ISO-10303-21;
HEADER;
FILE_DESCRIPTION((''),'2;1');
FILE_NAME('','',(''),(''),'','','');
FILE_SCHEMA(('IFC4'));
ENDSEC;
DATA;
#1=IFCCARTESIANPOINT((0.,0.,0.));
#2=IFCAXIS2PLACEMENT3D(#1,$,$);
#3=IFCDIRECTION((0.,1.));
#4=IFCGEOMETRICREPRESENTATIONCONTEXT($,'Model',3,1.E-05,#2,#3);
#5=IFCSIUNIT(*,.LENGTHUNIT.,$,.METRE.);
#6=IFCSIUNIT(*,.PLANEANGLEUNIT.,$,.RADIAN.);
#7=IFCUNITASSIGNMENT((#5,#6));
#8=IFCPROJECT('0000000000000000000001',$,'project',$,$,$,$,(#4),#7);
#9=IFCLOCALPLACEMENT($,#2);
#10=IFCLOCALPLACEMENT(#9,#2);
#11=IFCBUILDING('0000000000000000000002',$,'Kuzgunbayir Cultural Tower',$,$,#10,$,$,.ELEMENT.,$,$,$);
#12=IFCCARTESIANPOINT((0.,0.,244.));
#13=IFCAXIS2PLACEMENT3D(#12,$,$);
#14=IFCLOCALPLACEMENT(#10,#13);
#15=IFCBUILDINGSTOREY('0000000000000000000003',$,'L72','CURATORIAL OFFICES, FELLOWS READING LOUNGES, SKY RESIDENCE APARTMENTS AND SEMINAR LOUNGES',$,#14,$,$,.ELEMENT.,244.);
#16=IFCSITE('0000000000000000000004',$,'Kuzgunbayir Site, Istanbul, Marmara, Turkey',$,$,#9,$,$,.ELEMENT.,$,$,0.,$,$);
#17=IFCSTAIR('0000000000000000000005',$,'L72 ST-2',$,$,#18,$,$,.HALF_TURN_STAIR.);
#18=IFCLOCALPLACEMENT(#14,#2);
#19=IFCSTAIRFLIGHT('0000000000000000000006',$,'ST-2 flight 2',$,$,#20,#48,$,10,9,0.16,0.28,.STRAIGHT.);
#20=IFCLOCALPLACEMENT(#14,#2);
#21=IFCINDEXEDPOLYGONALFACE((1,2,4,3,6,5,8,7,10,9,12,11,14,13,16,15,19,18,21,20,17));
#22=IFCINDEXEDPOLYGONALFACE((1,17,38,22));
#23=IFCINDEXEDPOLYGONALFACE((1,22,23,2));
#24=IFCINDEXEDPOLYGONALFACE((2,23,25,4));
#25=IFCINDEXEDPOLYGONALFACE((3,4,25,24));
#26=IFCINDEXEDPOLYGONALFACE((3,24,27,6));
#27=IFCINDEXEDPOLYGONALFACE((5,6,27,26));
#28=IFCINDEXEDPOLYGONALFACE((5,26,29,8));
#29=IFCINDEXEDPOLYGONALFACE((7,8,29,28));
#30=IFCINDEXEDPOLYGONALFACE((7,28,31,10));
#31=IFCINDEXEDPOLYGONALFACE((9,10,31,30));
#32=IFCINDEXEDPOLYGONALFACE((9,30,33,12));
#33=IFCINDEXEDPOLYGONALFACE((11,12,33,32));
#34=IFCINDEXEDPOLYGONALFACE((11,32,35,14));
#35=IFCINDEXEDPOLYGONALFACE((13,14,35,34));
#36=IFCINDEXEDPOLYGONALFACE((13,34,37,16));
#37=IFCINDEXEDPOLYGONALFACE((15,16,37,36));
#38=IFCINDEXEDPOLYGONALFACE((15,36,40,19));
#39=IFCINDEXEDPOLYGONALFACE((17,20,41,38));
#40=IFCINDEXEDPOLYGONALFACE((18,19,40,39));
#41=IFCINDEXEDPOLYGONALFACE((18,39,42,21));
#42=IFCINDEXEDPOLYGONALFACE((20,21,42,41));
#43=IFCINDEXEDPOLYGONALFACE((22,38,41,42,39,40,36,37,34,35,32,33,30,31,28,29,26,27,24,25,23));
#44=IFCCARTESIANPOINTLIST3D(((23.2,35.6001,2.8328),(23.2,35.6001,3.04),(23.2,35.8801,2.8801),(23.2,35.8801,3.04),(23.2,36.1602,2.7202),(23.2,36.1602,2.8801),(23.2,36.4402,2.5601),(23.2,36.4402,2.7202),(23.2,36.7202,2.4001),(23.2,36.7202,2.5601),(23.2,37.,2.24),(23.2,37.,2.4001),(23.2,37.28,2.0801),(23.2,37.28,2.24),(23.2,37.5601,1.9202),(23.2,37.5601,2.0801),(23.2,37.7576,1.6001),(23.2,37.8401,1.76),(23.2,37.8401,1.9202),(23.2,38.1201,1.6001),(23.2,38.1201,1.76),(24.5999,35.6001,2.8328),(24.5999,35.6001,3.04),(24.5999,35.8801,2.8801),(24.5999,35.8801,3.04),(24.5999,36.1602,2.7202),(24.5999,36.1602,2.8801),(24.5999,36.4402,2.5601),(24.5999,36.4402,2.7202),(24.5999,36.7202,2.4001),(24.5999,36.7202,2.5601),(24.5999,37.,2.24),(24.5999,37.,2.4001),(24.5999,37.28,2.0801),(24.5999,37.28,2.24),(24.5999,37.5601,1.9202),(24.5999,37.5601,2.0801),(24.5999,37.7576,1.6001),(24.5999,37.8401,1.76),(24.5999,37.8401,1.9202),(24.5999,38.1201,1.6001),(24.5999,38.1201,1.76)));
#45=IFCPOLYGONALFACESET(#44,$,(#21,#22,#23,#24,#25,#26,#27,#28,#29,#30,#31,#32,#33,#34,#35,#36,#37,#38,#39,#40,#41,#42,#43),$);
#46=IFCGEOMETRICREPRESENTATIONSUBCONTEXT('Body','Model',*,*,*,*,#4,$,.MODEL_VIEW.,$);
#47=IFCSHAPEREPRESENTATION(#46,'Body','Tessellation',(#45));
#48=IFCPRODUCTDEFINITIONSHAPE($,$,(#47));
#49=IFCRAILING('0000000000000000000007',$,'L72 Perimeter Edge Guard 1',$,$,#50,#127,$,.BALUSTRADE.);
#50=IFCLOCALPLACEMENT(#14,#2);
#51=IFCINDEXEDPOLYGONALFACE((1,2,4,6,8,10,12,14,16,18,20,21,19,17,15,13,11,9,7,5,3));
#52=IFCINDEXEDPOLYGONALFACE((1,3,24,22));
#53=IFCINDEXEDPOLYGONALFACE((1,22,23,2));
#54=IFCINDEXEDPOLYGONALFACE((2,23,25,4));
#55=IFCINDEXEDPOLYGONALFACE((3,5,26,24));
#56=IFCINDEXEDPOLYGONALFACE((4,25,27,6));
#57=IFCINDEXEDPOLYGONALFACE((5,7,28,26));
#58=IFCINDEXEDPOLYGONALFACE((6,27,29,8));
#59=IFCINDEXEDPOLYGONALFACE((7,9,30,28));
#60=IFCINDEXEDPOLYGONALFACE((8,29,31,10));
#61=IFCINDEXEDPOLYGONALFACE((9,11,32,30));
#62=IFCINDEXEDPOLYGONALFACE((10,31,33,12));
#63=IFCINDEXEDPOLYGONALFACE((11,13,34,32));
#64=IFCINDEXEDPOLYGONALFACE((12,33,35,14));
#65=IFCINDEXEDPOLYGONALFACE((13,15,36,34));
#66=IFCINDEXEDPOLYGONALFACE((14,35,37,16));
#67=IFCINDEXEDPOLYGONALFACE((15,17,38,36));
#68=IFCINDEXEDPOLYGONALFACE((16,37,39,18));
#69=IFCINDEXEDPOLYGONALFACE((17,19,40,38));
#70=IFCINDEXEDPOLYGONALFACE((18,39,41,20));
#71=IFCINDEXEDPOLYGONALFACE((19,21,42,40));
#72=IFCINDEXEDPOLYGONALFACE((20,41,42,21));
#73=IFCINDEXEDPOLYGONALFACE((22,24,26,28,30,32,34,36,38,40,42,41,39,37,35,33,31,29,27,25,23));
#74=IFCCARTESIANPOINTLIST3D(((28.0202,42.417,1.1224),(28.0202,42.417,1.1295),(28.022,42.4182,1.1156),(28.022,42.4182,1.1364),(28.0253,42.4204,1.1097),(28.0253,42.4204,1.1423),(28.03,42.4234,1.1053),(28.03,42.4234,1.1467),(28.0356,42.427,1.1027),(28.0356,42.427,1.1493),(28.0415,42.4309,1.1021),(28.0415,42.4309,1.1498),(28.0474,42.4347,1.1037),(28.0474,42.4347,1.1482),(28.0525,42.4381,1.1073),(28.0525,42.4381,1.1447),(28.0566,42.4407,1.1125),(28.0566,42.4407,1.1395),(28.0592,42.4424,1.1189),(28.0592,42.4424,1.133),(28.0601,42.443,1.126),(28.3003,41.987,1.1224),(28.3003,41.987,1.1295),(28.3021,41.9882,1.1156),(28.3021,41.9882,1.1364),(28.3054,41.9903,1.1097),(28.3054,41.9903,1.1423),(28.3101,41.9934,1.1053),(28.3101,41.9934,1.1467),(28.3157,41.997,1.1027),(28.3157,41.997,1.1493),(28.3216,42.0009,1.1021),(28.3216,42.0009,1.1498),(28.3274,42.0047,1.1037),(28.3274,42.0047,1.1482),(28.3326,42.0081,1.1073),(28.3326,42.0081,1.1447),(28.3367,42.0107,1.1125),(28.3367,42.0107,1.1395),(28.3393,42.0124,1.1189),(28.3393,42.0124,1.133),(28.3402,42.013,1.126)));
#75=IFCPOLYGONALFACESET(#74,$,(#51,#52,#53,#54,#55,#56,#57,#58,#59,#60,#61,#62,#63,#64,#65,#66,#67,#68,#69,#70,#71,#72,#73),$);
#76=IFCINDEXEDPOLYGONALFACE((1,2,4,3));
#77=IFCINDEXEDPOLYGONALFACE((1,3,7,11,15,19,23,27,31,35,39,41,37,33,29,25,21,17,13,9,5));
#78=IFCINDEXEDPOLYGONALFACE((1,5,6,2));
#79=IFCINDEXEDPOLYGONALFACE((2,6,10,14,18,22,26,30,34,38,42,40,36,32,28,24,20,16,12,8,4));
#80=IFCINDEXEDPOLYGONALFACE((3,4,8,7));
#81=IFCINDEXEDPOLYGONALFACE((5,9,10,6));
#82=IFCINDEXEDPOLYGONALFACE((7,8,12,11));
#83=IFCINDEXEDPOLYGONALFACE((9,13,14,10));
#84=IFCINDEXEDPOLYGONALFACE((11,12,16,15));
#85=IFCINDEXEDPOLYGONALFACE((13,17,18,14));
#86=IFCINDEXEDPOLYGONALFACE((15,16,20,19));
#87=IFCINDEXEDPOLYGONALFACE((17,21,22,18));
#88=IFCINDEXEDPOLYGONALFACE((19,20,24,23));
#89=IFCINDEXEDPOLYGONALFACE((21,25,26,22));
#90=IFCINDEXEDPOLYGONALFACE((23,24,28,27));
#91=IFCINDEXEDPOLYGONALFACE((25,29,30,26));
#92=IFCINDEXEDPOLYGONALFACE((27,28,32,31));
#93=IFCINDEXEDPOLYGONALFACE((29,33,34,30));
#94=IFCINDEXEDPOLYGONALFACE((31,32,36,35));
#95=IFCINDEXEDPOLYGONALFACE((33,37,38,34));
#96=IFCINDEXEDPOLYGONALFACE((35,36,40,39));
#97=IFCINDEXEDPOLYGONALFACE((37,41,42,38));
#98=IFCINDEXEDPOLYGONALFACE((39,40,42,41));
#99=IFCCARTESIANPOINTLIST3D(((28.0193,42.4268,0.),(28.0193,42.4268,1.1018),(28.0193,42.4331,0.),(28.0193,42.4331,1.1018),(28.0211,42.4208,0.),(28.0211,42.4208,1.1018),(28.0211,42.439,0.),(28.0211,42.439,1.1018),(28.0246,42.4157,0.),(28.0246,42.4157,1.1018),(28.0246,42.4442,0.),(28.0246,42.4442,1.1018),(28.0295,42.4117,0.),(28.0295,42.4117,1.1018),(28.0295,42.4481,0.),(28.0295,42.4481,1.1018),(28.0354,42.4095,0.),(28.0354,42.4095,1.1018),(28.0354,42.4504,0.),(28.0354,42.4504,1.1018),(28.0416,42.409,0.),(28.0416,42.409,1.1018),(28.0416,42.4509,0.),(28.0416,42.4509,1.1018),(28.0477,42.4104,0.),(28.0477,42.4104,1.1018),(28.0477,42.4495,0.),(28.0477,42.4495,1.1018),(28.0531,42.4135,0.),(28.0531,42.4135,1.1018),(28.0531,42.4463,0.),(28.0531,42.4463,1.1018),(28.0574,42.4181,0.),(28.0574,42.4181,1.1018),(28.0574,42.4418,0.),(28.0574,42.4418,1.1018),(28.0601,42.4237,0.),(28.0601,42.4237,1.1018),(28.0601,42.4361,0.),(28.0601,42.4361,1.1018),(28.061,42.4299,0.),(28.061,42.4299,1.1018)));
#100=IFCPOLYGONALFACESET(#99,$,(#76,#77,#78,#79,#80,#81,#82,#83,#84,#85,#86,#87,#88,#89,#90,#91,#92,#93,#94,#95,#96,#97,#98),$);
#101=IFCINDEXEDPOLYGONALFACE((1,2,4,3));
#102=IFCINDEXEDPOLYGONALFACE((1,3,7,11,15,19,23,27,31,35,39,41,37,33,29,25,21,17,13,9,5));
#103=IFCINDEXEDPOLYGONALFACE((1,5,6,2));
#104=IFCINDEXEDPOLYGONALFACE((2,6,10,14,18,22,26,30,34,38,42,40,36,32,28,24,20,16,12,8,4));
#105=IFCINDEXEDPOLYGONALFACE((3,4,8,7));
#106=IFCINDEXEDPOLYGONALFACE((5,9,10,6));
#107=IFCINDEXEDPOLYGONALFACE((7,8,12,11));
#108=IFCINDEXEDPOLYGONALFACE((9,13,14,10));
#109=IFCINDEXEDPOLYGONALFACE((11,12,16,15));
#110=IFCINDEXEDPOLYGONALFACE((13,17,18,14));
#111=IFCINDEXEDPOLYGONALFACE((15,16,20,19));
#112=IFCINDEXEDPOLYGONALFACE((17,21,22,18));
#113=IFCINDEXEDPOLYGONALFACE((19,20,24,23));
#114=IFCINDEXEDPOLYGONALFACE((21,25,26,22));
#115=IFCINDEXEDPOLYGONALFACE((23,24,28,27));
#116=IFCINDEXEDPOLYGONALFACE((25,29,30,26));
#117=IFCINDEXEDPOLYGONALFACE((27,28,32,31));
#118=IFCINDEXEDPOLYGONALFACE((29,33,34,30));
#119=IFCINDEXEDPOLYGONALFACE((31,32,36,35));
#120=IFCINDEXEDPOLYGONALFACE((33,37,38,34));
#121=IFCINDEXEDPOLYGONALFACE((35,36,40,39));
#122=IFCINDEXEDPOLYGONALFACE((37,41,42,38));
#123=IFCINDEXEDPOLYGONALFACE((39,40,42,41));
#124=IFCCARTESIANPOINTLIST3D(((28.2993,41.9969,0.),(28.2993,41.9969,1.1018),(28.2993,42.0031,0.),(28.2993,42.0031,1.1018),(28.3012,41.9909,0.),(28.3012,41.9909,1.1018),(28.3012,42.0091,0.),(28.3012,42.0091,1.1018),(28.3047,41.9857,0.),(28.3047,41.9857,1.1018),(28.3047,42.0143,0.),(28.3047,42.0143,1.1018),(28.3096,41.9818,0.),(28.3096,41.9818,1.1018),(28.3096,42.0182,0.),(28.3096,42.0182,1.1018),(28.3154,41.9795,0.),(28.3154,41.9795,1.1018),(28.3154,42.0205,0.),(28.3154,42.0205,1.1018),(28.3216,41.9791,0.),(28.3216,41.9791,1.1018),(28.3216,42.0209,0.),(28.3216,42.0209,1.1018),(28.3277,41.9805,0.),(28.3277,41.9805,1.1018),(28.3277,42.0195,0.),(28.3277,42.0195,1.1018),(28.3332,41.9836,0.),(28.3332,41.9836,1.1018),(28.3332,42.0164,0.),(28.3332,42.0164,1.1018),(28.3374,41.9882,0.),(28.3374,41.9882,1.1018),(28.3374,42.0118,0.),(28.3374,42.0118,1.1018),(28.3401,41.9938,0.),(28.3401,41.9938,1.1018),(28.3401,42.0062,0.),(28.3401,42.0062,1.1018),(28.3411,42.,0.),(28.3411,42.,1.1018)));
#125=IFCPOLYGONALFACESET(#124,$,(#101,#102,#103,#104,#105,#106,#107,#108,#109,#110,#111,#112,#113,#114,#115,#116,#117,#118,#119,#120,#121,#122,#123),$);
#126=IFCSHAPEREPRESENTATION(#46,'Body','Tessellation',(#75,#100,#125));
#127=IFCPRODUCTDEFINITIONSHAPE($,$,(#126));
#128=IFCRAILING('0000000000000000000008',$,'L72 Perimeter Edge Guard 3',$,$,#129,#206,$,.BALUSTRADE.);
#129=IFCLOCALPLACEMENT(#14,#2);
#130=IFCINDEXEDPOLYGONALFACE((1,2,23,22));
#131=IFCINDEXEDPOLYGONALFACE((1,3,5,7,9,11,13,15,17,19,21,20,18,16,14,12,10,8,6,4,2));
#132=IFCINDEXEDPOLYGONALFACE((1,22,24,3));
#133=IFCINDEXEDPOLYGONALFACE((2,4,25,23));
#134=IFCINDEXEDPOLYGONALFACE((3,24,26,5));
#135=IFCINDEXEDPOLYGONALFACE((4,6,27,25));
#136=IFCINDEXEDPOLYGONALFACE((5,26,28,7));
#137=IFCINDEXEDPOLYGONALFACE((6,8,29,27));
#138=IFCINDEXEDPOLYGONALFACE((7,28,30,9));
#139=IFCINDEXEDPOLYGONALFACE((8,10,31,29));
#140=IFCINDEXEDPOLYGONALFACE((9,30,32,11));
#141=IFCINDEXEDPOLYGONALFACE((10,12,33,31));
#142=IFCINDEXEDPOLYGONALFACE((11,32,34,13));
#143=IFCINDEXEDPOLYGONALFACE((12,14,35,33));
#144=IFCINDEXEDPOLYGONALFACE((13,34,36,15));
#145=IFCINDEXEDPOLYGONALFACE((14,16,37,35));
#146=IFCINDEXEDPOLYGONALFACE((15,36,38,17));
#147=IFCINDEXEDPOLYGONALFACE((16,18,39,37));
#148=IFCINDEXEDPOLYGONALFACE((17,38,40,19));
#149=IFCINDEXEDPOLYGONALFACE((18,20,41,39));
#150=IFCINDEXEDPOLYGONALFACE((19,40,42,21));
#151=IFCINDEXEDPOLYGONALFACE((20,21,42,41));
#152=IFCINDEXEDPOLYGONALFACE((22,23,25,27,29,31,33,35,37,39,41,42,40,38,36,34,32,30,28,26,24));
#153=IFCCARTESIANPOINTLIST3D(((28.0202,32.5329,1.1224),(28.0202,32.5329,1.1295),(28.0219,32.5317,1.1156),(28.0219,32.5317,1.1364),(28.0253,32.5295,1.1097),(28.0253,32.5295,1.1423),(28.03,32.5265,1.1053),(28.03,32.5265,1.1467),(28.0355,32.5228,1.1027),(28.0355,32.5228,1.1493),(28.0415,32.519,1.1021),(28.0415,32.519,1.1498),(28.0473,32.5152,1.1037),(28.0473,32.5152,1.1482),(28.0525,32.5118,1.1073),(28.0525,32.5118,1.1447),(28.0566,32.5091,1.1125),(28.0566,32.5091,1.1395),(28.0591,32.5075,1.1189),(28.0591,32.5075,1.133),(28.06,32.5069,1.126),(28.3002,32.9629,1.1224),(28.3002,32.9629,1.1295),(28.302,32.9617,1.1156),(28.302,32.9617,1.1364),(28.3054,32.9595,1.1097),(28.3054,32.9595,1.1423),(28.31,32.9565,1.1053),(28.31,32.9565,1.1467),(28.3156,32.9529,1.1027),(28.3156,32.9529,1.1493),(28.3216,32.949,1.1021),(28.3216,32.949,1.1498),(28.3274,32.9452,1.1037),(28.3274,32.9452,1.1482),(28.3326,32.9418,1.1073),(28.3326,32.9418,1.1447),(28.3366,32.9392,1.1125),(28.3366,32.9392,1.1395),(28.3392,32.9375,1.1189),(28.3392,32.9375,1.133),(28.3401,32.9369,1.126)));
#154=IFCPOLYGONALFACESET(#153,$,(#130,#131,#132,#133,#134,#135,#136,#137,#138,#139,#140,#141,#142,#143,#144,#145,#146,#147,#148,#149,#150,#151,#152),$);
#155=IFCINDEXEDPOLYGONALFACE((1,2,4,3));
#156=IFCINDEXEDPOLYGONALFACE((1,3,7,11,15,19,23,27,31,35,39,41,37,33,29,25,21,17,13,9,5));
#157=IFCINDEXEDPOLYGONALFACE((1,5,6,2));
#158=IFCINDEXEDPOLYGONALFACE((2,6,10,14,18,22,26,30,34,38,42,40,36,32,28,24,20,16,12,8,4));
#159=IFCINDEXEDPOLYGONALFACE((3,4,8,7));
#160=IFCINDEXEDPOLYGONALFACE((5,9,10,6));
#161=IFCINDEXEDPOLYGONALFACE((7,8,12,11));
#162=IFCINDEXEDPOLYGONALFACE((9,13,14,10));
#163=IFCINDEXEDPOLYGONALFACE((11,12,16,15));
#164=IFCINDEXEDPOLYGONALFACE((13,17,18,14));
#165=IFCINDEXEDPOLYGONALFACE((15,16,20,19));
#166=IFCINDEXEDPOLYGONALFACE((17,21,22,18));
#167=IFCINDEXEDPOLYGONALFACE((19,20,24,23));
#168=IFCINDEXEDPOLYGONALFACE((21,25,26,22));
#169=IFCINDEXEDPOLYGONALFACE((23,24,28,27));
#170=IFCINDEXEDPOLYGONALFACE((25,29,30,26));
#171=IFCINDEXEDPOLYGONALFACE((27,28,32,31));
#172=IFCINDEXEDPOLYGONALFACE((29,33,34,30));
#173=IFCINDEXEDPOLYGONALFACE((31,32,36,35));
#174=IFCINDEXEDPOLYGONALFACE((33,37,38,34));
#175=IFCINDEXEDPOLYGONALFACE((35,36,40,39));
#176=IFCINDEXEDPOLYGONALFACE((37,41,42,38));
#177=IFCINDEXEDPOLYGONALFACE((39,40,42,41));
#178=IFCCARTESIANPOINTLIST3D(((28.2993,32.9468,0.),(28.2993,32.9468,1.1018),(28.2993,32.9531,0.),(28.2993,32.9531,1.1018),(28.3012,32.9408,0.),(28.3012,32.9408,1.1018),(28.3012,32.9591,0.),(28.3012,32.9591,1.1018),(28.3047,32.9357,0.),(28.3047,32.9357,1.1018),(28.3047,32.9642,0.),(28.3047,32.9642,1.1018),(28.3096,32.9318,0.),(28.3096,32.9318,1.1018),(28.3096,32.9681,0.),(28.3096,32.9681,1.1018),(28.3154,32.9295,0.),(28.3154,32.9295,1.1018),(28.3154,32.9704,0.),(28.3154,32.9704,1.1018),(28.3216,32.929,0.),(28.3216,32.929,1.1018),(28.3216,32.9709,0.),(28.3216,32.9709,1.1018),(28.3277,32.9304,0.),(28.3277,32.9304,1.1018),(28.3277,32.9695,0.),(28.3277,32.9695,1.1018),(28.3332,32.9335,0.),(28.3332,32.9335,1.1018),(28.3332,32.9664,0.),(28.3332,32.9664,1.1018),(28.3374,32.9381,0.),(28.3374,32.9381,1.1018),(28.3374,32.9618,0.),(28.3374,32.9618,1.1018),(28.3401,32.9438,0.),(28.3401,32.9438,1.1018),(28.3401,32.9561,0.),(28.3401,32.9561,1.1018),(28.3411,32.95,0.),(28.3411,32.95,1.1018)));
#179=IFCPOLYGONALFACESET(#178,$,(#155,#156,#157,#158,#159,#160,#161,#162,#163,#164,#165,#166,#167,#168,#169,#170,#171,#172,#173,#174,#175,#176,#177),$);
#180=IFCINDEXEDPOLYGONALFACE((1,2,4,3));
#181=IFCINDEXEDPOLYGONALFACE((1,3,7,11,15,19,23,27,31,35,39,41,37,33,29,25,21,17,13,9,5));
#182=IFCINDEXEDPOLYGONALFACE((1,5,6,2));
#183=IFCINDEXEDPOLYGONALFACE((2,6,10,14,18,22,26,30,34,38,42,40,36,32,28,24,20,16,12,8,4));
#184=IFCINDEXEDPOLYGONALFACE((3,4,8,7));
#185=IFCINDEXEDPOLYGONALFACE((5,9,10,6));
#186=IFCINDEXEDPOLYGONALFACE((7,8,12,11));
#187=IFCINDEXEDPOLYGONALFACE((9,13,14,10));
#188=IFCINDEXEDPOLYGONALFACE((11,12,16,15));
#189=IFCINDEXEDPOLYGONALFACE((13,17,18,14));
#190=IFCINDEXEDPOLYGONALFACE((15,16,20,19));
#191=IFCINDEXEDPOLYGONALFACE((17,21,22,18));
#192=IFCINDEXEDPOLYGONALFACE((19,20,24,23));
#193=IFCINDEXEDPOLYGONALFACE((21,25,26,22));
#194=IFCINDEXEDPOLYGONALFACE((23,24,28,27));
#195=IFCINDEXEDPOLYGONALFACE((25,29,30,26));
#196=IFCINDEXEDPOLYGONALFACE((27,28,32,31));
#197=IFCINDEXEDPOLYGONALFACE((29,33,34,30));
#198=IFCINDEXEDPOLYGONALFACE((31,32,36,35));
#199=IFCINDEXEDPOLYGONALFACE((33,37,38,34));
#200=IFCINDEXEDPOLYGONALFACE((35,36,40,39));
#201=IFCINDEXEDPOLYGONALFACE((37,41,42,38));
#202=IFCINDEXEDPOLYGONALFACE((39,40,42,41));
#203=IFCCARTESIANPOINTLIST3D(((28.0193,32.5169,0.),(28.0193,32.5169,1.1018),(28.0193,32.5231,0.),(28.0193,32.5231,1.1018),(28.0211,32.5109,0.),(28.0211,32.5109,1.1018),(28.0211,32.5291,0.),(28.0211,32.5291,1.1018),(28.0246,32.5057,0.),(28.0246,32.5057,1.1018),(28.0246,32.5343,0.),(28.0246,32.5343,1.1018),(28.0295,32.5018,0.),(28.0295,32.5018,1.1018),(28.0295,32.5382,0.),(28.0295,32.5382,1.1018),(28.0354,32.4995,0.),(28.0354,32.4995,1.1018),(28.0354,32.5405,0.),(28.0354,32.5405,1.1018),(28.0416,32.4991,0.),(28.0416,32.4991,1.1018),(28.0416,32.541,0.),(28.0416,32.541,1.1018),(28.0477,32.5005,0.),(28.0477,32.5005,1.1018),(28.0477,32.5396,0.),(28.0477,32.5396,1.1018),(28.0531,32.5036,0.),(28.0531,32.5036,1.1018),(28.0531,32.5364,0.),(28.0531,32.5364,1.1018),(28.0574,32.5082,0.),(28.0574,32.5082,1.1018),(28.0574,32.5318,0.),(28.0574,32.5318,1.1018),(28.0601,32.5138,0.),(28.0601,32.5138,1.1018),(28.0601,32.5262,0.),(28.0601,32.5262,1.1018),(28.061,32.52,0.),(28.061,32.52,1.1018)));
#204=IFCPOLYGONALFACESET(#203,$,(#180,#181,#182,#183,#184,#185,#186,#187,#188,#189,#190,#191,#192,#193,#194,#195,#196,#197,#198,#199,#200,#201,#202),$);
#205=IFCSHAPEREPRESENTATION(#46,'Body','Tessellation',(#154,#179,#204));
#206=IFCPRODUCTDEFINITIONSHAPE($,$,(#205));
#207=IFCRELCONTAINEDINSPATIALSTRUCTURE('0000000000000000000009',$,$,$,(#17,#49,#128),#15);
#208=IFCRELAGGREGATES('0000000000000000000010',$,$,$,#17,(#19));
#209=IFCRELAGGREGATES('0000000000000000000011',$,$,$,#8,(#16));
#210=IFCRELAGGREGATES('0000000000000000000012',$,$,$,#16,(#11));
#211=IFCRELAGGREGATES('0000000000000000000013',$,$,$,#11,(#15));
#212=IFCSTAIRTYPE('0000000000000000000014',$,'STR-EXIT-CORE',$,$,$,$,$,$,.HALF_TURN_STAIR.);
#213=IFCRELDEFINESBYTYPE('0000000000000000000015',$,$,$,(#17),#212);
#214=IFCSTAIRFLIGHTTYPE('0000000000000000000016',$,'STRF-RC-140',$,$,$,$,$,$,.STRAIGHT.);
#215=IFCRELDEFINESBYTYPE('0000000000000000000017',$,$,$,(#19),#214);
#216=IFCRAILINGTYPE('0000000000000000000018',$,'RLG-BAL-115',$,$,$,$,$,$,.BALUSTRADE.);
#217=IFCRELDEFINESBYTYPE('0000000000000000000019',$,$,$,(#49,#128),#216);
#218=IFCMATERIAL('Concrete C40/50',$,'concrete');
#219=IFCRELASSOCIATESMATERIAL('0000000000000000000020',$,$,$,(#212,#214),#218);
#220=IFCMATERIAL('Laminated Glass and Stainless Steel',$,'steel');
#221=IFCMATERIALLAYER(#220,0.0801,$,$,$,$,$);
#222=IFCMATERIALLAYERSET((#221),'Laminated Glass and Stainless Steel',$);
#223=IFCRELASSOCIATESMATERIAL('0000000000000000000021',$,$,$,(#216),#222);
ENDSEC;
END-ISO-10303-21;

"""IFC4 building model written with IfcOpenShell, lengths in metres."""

from ifc_helpers import new_model, si_unit, direction, frame, origin, origin_2d, place, context, subcontext, project, spatial, polyline, circle, outline, extrude, material, layer, layer_set, type_object, element, aggregate, save


model = new_model("IFC4")

# Units and contexts
model_context = context("Model", 3, precision=1e-05, world=origin(), true_north=direction((0.0, 1.0)))
body_context = subcontext(model_context, "Body", "Model", "MODEL_VIEW")
ifc_project = project(units=[si_unit("LENGTHUNIT", "METRE"), si_unit("PLANEANGLEUNIT", "RADIAN")], contexts=[model_context])

# Site, building, storey
site_placement = place(None, origin())
site = spatial("IfcSite", under=ifc_project, at=site_placement, Name="Kuzgunbayir Site, Istanbul, Marmara, Turkey", CompositionType="ELEMENT", RefElevation=0.0)
building_placement = place(site_placement, origin())
building = spatial("IfcBuilding", under=site, at=building_placement, Name="Kuzgunbayir Cultural Tower", CompositionType="ELEMENT")
storey_placement = place(building_placement, frame((0.0, 0.0, 244.0)))
storey = spatial("IfcBuildingStorey", under=building, at=storey_placement, Name="L72", Description="CURATORIAL OFFICES, FELLOWS READING LOUNGES, SKY RESIDENCE APARTMENTS AND SEMINAR LOUNGES", CompositionType="ELEMENT", Elevation=244.0)

# Shared definitions
ifc_material_1 = material(Name="Concrete C40/50", Category="concrete")

# Stair, stair flight
stair_type = type_object("IfcStairType", Name="STR-EXIT-CORE", PredefinedType="HALF_TURN_STAIR", material=ifc_material_1)
stair_placement = place(storey_placement, origin())
stair = element("IfcStair", 1, at=stair_placement, inside=storey, type_object=stair_type, Name="L72 ST-2", PredefinedType="HALF_TURN_STAIR")
stair_flight_type = type_object("IfcStairFlightType", Name="STRF-RC-140", PredefinedType="STRAIGHT", material=ifc_material_1)
stair_flight_1_placement = place(storey_placement, frame((23.8999, 38.1201, 1.6001), z_axis=(0.0, 0.0, 1.0), x_axis=(0.0, -1.0, 0.0)))
stair_flight_1 = element("IfcStairFlight", 2, at=stair_flight_1_placement, type_object=stair_flight_type, Name="ST-2 flight 2", NumberOfRisers=10, NumberOfTreads=9, PredefinedType="STRAIGHT", RiserHeight=0.16, TreadLength=0.28, context=body_context, shape_type="SweptSolid", body=[
    extrude(outline(polyline([(0.0, 0.0), (0.0, 0.1599), (0.28, 0.1599), (0.28, 0.3201), (0.5601, 0.3201), (0.5601, 0.48), (0.8401, 0.48), (0.8401, 0.6399), (1.1201, 0.6399), (1.1201, 0.8), (1.3999, 0.8), (1.3999, 0.96), (1.6799, 0.96), (1.6799, 1.1201), (1.96, 1.1201), (1.96, 1.28), (2.24, 1.28), (2.24, 1.4399), (2.52, 1.4399), (2.52, 1.6001), (2.52, 1.2327), (0.3625, 0.0), (0.0, 0.0)])), frame((0.0, 0.7, 0.0), z_axis=(0.0, -1.0, 0.0), x_axis=(1.0, 0.0, 0.0)), (0.0, 0.0, 1.0), 1.3999),
])
aggregate(stair, [stair_flight_1])

# Railings
ifc_material_2 = material(Name="Laminated Glass and Stainless Steel", Category="steel")
ifc_layer_1 = layer(ifc_material_2, 0.0801)
ifc_layer_set_1 = layer_set([ifc_layer_1], Name="Laminated Glass and Stainless Steel")
railing_type_1 = type_object("IfcRailingType", Name="RLG-BAL-115", PredefinedType="BALUSTRADE", material=ifc_layer_set_1)
railing_1_placement = place(storey_placement, frame((28.04, 42.4299, 0.0)))
element("IfcRailing", 3, at=railing_1_placement, inside=storey, type_object=railing_type_1, Name="L72 Perimeter Edge Guard 1", PredefinedType="BALUSTRADE", context=body_context, shape_type="SweptSolid", body=[
    extrude(circle(Radius=0.0239, at=origin_2d()), frame((0.0, 0.0, 1.126), z_axis=(0.545774, -0.837932, 0.0), x_axis=(0.837932, 0.545774, 0.0)), (0.0, 0.0, 1.0), 0.5132),
    extrude(circle(Radius=0.021, at=origin_2d()), origin(), (0.0, 0.0, 1.0), 1.1018),
    extrude(circle(Radius=0.021, at=origin_2d()), frame((0.28, -0.4299, 0.0)), (0.0, 0.0, 1.0), 1.1018),
])
railing_2_placement = place(storey_placement, frame((28.3201, 32.95, 0.0)))
element("IfcRailing", 4, at=railing_2_placement, inside=storey, type_object=railing_type_1, Name="L72 Perimeter Edge Guard 3", PredefinedType="BALUSTRADE", context=body_context, shape_type="SweptSolid", body=[
    extrude(circle(Radius=0.0239, at=origin_2d()), frame((0.0, 0.0, 1.126), z_axis=(-0.545774, -0.837932, 0.0), x_axis=(0.837932, -0.545774, 0.0)), (0.0, 0.0, 1.0), 0.5132),
    extrude(circle(Radius=0.021, at=origin_2d()), origin(), (0.0, 0.0, 1.0), 1.1018),
    extrude(circle(Radius=0.021, at=origin_2d()), frame((-0.28, -0.4299, 0.0)), (0.0, 0.0, 1.0), 1.1018),
])

save(model, "model.ifc")
